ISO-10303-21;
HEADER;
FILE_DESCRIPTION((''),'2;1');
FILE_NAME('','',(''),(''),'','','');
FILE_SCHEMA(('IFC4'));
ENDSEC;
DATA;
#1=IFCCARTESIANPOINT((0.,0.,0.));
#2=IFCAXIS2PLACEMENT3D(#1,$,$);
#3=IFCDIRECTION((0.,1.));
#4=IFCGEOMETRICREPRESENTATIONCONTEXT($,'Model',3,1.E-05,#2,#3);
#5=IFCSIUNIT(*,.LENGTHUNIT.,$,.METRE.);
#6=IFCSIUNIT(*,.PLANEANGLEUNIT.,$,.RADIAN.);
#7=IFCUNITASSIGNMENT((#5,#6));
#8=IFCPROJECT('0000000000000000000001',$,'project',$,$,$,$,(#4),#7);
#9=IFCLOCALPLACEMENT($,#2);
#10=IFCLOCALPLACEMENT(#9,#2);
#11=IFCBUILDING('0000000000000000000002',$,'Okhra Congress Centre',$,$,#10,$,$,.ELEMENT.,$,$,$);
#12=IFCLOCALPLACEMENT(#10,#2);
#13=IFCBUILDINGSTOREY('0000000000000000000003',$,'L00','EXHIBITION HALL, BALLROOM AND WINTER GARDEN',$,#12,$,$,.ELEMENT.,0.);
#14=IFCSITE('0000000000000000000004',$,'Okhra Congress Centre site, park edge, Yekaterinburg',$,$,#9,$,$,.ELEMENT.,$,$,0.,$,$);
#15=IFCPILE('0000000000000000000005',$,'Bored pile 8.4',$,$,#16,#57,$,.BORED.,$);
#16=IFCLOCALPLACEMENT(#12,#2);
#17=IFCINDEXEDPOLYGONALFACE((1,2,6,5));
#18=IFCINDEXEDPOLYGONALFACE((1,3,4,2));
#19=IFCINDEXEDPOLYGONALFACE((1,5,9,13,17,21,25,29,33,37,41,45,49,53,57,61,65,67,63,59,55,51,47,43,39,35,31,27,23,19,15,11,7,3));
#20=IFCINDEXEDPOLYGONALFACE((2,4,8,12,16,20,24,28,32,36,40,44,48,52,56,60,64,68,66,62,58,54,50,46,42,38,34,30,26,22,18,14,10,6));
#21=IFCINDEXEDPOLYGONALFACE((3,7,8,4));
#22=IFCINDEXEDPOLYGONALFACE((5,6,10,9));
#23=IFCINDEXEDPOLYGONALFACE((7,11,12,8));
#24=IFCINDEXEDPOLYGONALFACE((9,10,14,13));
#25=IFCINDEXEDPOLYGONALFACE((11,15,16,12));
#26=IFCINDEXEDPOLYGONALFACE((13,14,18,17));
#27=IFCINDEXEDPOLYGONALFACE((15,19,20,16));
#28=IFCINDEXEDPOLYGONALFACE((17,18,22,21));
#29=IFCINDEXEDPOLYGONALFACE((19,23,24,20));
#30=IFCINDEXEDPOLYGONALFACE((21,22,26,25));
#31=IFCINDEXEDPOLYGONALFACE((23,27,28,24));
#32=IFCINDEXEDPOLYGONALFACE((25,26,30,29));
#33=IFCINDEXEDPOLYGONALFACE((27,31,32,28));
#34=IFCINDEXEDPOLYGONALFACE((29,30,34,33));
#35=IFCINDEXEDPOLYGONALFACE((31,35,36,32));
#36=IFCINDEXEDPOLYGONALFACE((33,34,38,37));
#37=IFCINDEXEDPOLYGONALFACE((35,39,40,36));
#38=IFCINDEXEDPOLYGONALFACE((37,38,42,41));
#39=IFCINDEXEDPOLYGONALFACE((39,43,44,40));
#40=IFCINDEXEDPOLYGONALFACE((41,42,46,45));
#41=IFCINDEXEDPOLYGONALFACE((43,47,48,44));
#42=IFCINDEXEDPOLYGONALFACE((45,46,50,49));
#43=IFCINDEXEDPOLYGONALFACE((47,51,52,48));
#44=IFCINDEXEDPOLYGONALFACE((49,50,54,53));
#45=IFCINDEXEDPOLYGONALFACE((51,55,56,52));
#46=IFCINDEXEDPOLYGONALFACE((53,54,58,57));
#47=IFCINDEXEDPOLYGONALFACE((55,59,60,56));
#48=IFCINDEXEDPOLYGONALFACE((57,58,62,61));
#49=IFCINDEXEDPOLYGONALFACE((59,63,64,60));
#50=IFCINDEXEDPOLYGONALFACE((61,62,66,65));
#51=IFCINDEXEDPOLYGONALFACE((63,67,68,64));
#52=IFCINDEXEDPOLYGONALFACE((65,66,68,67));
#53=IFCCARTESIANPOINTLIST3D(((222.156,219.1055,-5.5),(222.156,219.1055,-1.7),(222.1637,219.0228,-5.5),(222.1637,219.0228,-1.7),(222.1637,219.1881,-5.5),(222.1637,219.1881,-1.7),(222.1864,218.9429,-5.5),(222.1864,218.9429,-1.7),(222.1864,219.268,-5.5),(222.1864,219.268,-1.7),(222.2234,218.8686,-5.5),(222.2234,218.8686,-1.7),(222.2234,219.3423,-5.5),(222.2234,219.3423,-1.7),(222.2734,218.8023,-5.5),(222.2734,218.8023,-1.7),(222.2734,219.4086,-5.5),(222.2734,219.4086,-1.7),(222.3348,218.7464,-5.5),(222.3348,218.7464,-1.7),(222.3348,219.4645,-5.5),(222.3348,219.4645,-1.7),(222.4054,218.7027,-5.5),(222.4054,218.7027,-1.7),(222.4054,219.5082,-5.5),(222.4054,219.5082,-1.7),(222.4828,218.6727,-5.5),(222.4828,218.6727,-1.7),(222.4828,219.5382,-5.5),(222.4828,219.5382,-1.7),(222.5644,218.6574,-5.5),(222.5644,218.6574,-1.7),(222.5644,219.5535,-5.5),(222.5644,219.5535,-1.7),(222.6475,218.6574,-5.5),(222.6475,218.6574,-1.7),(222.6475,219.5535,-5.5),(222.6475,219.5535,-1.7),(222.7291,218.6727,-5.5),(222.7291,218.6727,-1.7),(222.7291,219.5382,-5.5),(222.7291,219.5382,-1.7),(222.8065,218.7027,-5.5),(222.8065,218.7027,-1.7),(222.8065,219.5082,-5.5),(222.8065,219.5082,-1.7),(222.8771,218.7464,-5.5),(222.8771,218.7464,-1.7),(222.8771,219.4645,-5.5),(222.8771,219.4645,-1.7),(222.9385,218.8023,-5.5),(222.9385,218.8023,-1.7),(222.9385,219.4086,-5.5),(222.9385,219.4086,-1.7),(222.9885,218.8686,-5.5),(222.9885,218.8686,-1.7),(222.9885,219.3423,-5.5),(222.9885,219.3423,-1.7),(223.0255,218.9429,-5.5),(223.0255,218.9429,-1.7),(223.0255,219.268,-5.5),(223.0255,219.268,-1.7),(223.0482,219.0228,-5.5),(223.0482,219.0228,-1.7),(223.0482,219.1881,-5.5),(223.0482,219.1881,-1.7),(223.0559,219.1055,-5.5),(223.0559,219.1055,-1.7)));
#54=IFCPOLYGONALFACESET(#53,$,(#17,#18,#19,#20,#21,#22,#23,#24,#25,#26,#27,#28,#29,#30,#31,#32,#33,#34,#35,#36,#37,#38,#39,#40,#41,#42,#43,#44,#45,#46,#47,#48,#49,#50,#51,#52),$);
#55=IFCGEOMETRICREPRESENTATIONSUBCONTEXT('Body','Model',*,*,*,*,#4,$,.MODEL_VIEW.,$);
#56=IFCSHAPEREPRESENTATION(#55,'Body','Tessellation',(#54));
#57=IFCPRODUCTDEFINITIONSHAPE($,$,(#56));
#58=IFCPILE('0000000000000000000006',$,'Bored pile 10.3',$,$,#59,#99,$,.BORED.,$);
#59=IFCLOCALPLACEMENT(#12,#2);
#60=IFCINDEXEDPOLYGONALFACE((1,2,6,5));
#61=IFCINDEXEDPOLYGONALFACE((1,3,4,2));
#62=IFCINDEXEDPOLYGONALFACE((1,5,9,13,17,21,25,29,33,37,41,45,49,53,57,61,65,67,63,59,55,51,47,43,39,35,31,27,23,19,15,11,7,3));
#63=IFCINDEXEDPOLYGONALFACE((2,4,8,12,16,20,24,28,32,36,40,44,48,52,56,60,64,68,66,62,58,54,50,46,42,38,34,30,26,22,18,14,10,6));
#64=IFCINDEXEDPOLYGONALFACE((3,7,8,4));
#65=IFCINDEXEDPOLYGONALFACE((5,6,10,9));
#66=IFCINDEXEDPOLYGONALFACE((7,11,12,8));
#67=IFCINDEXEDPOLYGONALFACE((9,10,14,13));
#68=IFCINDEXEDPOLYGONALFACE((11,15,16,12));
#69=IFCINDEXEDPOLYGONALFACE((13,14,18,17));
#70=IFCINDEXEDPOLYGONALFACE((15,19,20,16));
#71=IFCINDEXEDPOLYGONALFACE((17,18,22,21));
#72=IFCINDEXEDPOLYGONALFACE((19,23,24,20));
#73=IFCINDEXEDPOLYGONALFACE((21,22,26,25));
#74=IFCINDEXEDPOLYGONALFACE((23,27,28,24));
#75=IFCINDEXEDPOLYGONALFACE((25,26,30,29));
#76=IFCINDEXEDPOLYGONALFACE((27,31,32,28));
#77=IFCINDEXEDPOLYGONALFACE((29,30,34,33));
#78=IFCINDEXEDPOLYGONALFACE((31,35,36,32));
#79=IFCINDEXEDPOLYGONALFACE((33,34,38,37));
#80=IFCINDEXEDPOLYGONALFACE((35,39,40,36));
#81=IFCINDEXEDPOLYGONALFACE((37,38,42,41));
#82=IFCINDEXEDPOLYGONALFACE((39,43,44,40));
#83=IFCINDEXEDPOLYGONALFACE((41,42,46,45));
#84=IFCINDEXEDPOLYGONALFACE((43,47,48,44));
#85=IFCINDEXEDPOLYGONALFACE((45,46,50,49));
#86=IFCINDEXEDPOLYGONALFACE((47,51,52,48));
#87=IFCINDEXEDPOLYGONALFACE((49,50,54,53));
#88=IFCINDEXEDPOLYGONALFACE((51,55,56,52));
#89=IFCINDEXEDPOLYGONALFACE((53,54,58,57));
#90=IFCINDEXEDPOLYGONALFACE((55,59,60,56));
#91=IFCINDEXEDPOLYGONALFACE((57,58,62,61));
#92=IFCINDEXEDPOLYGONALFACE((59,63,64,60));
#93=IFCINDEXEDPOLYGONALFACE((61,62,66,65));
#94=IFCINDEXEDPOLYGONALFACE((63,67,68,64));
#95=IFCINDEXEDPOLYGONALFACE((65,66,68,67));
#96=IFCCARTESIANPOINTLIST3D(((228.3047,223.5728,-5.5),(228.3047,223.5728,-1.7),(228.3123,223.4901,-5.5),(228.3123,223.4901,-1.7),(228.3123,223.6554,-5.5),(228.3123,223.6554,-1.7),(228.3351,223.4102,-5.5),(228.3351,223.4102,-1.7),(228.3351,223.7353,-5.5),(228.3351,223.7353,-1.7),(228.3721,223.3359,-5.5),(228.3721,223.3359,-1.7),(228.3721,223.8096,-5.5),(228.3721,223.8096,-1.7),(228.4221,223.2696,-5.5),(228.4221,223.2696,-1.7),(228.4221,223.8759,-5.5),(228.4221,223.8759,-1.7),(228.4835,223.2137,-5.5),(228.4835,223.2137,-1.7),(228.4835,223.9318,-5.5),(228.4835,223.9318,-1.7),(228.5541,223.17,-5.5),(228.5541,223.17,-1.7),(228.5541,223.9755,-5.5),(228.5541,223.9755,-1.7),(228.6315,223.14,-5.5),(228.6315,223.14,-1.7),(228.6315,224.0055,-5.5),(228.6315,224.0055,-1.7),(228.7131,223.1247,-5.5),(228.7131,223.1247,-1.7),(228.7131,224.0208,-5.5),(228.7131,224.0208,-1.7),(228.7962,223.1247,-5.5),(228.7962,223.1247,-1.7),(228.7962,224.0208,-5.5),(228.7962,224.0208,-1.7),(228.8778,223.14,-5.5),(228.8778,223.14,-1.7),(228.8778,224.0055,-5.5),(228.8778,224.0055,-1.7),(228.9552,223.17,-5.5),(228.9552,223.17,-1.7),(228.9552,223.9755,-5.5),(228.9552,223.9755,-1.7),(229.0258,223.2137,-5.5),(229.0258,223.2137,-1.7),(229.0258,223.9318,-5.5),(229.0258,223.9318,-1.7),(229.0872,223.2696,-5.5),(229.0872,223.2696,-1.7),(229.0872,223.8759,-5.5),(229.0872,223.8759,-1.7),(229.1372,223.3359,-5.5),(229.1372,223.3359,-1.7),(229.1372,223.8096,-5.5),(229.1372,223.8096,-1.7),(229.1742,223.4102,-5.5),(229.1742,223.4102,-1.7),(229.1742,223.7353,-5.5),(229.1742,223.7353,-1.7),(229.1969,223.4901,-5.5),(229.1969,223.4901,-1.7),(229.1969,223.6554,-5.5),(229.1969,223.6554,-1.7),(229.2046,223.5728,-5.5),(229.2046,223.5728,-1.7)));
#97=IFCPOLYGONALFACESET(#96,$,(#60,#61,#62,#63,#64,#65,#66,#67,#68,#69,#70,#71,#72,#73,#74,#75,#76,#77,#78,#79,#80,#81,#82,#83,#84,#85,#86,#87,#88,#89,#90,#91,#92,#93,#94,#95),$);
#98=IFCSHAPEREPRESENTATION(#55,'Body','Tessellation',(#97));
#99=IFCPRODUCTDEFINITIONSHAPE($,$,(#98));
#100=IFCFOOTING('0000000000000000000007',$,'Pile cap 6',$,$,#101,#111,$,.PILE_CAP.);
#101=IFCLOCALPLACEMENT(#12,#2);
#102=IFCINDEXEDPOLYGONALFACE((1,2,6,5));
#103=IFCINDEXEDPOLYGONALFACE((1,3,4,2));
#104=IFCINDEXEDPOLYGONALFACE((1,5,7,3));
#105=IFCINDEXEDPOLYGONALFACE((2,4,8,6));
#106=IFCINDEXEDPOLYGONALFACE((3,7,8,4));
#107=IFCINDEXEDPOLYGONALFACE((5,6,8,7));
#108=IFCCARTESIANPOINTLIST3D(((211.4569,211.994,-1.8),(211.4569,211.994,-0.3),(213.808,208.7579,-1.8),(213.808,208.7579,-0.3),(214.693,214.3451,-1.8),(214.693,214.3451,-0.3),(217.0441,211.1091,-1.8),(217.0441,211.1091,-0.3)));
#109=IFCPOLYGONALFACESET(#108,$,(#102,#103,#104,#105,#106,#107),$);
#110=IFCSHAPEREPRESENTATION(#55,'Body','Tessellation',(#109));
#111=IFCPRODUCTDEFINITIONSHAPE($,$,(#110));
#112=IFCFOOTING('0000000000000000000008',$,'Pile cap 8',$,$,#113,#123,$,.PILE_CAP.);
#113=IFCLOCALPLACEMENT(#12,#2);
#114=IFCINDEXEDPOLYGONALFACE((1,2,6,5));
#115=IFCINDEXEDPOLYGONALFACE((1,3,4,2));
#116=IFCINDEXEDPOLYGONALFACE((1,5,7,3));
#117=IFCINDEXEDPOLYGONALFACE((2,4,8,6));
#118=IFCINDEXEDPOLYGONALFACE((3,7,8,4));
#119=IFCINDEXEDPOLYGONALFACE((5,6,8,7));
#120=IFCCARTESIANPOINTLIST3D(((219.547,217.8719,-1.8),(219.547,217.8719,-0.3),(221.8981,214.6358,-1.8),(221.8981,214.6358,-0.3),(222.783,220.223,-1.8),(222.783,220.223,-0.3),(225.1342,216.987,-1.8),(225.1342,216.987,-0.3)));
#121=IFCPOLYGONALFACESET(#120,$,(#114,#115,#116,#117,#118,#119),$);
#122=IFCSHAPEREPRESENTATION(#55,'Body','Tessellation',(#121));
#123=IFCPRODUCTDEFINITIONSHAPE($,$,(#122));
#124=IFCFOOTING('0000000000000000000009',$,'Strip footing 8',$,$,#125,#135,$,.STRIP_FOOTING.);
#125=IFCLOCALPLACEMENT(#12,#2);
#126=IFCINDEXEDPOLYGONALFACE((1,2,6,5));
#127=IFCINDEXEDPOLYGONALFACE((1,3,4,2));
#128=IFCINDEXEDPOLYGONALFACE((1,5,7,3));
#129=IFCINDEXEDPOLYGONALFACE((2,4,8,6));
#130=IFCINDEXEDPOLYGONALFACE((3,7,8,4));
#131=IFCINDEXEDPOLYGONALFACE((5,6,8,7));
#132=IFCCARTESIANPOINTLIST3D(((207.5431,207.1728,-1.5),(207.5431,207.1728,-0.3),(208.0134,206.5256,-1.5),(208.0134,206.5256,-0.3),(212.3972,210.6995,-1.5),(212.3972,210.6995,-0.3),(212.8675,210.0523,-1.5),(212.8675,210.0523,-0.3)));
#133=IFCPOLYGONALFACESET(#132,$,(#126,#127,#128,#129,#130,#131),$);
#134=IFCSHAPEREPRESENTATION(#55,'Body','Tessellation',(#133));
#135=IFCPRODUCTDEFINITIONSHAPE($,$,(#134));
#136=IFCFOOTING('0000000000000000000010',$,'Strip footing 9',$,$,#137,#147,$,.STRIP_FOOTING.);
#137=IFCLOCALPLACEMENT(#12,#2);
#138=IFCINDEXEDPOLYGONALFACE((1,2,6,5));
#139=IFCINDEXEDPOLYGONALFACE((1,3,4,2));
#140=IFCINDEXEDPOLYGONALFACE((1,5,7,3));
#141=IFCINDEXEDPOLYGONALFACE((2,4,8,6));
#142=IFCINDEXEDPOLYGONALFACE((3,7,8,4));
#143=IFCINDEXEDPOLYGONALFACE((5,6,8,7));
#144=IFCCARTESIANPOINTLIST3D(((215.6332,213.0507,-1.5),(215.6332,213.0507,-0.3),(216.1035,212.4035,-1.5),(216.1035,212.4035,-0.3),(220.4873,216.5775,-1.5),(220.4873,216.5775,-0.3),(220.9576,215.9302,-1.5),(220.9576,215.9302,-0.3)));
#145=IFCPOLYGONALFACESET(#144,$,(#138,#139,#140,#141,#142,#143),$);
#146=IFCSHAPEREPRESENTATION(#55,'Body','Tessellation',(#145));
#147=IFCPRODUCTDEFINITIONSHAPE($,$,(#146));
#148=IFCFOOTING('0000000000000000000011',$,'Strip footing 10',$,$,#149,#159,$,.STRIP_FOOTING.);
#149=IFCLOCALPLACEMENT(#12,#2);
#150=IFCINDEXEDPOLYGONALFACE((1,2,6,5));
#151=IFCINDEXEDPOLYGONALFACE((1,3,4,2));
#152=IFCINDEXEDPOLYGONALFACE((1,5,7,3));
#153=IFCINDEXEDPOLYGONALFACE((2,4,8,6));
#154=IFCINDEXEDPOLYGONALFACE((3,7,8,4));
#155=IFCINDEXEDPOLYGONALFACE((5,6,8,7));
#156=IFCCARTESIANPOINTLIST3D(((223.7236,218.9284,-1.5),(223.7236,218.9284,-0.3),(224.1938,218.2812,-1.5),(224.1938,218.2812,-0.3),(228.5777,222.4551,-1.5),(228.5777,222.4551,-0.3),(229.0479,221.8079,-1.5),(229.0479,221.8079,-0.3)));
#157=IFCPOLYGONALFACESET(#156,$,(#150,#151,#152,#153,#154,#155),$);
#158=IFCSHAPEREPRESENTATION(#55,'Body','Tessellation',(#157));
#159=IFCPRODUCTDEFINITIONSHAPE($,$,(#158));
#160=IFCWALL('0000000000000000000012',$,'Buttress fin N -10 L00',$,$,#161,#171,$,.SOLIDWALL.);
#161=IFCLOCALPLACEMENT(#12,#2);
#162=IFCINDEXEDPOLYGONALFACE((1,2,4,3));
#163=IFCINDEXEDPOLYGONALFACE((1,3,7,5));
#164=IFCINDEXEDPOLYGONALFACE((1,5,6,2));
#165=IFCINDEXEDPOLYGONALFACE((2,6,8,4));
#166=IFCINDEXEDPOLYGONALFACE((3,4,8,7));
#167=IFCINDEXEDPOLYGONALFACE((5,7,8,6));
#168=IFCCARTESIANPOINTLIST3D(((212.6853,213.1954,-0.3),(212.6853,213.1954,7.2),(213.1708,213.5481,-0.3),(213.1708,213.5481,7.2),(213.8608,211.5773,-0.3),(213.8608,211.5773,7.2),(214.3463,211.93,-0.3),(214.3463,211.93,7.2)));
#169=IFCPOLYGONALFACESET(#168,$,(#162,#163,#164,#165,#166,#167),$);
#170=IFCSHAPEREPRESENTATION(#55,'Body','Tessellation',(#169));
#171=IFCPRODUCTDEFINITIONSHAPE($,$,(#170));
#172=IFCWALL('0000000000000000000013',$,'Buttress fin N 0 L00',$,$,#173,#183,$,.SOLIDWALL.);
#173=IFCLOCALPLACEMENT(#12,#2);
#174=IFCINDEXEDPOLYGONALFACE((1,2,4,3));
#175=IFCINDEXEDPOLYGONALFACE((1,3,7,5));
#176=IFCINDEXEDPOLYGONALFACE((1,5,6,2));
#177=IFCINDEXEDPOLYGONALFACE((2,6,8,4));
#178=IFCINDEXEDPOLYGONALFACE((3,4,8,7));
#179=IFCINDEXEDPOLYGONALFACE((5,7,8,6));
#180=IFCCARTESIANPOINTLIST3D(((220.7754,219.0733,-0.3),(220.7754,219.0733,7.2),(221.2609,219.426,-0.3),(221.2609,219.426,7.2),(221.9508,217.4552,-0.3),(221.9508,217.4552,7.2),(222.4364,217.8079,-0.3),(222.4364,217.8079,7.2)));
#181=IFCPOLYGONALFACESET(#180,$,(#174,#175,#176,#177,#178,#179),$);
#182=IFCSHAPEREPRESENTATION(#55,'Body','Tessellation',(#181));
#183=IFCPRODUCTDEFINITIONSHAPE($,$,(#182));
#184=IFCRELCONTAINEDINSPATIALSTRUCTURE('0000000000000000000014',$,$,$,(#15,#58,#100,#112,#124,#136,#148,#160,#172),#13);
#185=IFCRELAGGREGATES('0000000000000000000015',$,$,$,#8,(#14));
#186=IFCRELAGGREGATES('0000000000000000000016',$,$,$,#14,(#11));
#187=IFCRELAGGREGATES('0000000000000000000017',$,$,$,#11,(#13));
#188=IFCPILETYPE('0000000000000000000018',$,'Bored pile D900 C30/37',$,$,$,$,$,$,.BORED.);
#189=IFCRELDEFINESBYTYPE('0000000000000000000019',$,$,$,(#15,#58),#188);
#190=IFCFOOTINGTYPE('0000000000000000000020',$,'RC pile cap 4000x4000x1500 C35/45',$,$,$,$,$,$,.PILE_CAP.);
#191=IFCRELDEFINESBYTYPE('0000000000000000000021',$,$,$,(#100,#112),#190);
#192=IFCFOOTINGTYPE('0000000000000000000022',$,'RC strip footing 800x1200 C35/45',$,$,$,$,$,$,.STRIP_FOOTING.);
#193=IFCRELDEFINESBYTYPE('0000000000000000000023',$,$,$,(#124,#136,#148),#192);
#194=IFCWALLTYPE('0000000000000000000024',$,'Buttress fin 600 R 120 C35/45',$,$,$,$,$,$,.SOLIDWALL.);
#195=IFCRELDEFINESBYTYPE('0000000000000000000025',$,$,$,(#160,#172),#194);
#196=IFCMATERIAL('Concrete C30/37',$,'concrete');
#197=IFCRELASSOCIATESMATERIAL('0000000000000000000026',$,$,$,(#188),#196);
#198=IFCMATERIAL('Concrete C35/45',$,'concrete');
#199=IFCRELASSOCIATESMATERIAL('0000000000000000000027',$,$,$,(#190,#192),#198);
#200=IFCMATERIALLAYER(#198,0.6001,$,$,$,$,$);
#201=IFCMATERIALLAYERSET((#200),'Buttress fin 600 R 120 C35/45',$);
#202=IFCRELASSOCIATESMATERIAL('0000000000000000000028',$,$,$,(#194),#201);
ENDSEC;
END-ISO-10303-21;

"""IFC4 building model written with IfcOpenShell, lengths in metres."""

from ifc_helpers import new_model, si_unit, direction, frame, frame_2d, origin, origin_2d, place, context, subcontext, project, spatial, rectangle, circle, extrude, material, layer, layer_set, material_profile, profile_set, type_object, element, save


model = new_model("IFC4")

# Units and contexts
model_context = context("Model", 3, precision=1e-05, world=origin(), true_north=direction((0.0, 1.0)))
body_context = subcontext(model_context, "Body", "Model", "MODEL_VIEW")
ifc_project = project(units=[si_unit("LENGTHUNIT", "METRE"), si_unit("PLANEANGLEUNIT", "RADIAN")], contexts=[model_context])

# Site, building, storey
site_placement = place(None, origin())
site = spatial("IfcSite", under=ifc_project, at=site_placement, Name="Okhra Congress Centre site, park edge, Yekaterinburg", CompositionType="ELEMENT", RefElevation=0.0)
building_placement = place(site_placement, origin())
building = spatial("IfcBuilding", under=site, at=building_placement, Name="Okhra Congress Centre", CompositionType="ELEMENT")
storey_placement = place(building_placement, origin())
storey = spatial("IfcBuildingStorey", under=building, at=storey_placement, Name="L00", Description="EXHIBITION HALL, BALLROOM AND WINTER GARDEN", CompositionType="ELEMENT", Elevation=0.0)

# Piles
ifc_material_1 = material(Name="Concrete C30/37", Category="concrete")
ifc_material_profile = material_profile(ifc_material_1, circle(Radius=0.45, at=origin_2d()), Name="D900")
ifc_profile_set = profile_set([ifc_material_profile], Name="Concrete C30/37")
pile_type = type_object("IfcPileType", Name="Bored pile D900 C30/37", PredefinedType="BORED", material=ifc_profile_set)
for number, where, z_axis, x_axis, name in (
    (1, (222.606, 219.1055, -1.7), (0.0, 0.0, -1.0), (1.0, 0.0, 0.0), "Bored pile 8.4"),
    (2, (228.7546, 223.5728, -1.7), (0.0, 0.0, -1.0), (1.0, 0.0, 0.0), "Bored pile 10.3"),
):
    element("IfcPile", number, at=place(storey_placement, frame(where, z_axis=z_axis, x_axis=x_axis)), inside=storey, type_object=pile_type, Name=name, PredefinedType="BORED", context=body_context, shape_type="SweptSolid", body=[
        extrude(circle(Radius=0.45, at=origin_2d()), origin(), (0.0, 0.0, 1.0), 3.8),
    ])

# Footings
ifc_material_2 = material(Name="Concrete C35/45", Category="concrete")
footing_type_1 = type_object("IfcFootingType", Name="RC pile cap 4000x4000x1500 C35/45", PredefinedType="PILE_CAP", material=ifc_material_2)
for number, where, z_axis, x_axis, name in (
    (3, (214.2505, 211.5515, -1.8), (0.0, 0.0, 1.0), (0.809017, 0.587785, 0.0), "Pile cap 6"),
    (4, (222.3406, 217.4294, -1.8), (0.0, 0.0, 1.0), (0.809017, 0.587785, 0.0), "Pile cap 8"),
):
    element("IfcFooting", number, at=place(storey_placement, frame(where, z_axis=z_axis, x_axis=x_axis)), inside=storey, type_object=footing_type_1, Name=name, PredefinedType="PILE_CAP", context=body_context, shape_type="SweptSolid", body=[
        extrude(rectangle(XDim=4.0, YDim=4.0, at=origin_2d()), origin(), (0.0, 0.0, 1.0), 1.5),
    ])
footing_type_2 = type_object("IfcFootingType", Name="RC strip footing 800x1200 C35/45", PredefinedType="STRIP_FOOTING", material=ifc_material_2)
for number, where, z_axis, x_axis, name in (
    (5, (210.2053, 208.6125, -1.5), (0.0, 0.0, 1.0), (0.809017, 0.587785, 0.0), "Strip footing 8"),
    (6, (218.2954, 214.4905, -1.5), (0.0, 0.0, 1.0), (0.809017, 0.587785, 0.0), "Strip footing 9"),
    (7, (226.3857, 220.3682, -1.5), (0.0, 0.0, 1.0), (0.809017, 0.587785, 0.0), "Strip footing 10"),
):
    element("IfcFooting", number, at=place(storey_placement, frame(where, z_axis=z_axis, x_axis=x_axis)), inside=storey, type_object=footing_type_2, Name=name, PredefinedType="STRIP_FOOTING", context=body_context, shape_type="SweptSolid", body=[
        extrude(rectangle(XDim=6.0, YDim=0.8, at=origin_2d()), origin(), (0.0, 0.0, 1.0), 1.2),
    ])

# Walls
ifc_layer_1 = layer(ifc_material_2, 0.6001)
ifc_layer_set_1 = layer_set([ifc_layer_1], Name="Buttress fin 600 R 120 C35/45")
wall_type_1 = type_object("IfcWallType", Name="Buttress fin 600 R 120 C35/45", PredefinedType="SOLIDWALL", material=ifc_layer_set_1)
for number, where, z_axis, x_axis, name in (
    (8, (214.1035, 211.7537, -0.3), (0.0, 0.0, 1.0), (-0.587743, 0.809047, 0.0), "Buttress fin N -10 L00"),
    (9, (222.1936, 217.6316, -0.3), (0.0, 0.0, 1.0), (-0.587743, 0.809047, 0.0), "Buttress fin N 0 L00"),
):
    element("IfcWall", number, at=place(storey_placement, frame(where, z_axis=z_axis, x_axis=x_axis)), inside=storey, type_object=wall_type_1, Name=name, PredefinedType="SOLIDWALL", context=body_context, shape_type="SweptSolid", body=[
        extrude(rectangle(XDim=2.0, YDim=0.6001, at=frame_2d((1.0, 0.0))), origin(), (0.0, 0.0, 1.0), 7.5),
    ])

save(model, "model.ifc")
